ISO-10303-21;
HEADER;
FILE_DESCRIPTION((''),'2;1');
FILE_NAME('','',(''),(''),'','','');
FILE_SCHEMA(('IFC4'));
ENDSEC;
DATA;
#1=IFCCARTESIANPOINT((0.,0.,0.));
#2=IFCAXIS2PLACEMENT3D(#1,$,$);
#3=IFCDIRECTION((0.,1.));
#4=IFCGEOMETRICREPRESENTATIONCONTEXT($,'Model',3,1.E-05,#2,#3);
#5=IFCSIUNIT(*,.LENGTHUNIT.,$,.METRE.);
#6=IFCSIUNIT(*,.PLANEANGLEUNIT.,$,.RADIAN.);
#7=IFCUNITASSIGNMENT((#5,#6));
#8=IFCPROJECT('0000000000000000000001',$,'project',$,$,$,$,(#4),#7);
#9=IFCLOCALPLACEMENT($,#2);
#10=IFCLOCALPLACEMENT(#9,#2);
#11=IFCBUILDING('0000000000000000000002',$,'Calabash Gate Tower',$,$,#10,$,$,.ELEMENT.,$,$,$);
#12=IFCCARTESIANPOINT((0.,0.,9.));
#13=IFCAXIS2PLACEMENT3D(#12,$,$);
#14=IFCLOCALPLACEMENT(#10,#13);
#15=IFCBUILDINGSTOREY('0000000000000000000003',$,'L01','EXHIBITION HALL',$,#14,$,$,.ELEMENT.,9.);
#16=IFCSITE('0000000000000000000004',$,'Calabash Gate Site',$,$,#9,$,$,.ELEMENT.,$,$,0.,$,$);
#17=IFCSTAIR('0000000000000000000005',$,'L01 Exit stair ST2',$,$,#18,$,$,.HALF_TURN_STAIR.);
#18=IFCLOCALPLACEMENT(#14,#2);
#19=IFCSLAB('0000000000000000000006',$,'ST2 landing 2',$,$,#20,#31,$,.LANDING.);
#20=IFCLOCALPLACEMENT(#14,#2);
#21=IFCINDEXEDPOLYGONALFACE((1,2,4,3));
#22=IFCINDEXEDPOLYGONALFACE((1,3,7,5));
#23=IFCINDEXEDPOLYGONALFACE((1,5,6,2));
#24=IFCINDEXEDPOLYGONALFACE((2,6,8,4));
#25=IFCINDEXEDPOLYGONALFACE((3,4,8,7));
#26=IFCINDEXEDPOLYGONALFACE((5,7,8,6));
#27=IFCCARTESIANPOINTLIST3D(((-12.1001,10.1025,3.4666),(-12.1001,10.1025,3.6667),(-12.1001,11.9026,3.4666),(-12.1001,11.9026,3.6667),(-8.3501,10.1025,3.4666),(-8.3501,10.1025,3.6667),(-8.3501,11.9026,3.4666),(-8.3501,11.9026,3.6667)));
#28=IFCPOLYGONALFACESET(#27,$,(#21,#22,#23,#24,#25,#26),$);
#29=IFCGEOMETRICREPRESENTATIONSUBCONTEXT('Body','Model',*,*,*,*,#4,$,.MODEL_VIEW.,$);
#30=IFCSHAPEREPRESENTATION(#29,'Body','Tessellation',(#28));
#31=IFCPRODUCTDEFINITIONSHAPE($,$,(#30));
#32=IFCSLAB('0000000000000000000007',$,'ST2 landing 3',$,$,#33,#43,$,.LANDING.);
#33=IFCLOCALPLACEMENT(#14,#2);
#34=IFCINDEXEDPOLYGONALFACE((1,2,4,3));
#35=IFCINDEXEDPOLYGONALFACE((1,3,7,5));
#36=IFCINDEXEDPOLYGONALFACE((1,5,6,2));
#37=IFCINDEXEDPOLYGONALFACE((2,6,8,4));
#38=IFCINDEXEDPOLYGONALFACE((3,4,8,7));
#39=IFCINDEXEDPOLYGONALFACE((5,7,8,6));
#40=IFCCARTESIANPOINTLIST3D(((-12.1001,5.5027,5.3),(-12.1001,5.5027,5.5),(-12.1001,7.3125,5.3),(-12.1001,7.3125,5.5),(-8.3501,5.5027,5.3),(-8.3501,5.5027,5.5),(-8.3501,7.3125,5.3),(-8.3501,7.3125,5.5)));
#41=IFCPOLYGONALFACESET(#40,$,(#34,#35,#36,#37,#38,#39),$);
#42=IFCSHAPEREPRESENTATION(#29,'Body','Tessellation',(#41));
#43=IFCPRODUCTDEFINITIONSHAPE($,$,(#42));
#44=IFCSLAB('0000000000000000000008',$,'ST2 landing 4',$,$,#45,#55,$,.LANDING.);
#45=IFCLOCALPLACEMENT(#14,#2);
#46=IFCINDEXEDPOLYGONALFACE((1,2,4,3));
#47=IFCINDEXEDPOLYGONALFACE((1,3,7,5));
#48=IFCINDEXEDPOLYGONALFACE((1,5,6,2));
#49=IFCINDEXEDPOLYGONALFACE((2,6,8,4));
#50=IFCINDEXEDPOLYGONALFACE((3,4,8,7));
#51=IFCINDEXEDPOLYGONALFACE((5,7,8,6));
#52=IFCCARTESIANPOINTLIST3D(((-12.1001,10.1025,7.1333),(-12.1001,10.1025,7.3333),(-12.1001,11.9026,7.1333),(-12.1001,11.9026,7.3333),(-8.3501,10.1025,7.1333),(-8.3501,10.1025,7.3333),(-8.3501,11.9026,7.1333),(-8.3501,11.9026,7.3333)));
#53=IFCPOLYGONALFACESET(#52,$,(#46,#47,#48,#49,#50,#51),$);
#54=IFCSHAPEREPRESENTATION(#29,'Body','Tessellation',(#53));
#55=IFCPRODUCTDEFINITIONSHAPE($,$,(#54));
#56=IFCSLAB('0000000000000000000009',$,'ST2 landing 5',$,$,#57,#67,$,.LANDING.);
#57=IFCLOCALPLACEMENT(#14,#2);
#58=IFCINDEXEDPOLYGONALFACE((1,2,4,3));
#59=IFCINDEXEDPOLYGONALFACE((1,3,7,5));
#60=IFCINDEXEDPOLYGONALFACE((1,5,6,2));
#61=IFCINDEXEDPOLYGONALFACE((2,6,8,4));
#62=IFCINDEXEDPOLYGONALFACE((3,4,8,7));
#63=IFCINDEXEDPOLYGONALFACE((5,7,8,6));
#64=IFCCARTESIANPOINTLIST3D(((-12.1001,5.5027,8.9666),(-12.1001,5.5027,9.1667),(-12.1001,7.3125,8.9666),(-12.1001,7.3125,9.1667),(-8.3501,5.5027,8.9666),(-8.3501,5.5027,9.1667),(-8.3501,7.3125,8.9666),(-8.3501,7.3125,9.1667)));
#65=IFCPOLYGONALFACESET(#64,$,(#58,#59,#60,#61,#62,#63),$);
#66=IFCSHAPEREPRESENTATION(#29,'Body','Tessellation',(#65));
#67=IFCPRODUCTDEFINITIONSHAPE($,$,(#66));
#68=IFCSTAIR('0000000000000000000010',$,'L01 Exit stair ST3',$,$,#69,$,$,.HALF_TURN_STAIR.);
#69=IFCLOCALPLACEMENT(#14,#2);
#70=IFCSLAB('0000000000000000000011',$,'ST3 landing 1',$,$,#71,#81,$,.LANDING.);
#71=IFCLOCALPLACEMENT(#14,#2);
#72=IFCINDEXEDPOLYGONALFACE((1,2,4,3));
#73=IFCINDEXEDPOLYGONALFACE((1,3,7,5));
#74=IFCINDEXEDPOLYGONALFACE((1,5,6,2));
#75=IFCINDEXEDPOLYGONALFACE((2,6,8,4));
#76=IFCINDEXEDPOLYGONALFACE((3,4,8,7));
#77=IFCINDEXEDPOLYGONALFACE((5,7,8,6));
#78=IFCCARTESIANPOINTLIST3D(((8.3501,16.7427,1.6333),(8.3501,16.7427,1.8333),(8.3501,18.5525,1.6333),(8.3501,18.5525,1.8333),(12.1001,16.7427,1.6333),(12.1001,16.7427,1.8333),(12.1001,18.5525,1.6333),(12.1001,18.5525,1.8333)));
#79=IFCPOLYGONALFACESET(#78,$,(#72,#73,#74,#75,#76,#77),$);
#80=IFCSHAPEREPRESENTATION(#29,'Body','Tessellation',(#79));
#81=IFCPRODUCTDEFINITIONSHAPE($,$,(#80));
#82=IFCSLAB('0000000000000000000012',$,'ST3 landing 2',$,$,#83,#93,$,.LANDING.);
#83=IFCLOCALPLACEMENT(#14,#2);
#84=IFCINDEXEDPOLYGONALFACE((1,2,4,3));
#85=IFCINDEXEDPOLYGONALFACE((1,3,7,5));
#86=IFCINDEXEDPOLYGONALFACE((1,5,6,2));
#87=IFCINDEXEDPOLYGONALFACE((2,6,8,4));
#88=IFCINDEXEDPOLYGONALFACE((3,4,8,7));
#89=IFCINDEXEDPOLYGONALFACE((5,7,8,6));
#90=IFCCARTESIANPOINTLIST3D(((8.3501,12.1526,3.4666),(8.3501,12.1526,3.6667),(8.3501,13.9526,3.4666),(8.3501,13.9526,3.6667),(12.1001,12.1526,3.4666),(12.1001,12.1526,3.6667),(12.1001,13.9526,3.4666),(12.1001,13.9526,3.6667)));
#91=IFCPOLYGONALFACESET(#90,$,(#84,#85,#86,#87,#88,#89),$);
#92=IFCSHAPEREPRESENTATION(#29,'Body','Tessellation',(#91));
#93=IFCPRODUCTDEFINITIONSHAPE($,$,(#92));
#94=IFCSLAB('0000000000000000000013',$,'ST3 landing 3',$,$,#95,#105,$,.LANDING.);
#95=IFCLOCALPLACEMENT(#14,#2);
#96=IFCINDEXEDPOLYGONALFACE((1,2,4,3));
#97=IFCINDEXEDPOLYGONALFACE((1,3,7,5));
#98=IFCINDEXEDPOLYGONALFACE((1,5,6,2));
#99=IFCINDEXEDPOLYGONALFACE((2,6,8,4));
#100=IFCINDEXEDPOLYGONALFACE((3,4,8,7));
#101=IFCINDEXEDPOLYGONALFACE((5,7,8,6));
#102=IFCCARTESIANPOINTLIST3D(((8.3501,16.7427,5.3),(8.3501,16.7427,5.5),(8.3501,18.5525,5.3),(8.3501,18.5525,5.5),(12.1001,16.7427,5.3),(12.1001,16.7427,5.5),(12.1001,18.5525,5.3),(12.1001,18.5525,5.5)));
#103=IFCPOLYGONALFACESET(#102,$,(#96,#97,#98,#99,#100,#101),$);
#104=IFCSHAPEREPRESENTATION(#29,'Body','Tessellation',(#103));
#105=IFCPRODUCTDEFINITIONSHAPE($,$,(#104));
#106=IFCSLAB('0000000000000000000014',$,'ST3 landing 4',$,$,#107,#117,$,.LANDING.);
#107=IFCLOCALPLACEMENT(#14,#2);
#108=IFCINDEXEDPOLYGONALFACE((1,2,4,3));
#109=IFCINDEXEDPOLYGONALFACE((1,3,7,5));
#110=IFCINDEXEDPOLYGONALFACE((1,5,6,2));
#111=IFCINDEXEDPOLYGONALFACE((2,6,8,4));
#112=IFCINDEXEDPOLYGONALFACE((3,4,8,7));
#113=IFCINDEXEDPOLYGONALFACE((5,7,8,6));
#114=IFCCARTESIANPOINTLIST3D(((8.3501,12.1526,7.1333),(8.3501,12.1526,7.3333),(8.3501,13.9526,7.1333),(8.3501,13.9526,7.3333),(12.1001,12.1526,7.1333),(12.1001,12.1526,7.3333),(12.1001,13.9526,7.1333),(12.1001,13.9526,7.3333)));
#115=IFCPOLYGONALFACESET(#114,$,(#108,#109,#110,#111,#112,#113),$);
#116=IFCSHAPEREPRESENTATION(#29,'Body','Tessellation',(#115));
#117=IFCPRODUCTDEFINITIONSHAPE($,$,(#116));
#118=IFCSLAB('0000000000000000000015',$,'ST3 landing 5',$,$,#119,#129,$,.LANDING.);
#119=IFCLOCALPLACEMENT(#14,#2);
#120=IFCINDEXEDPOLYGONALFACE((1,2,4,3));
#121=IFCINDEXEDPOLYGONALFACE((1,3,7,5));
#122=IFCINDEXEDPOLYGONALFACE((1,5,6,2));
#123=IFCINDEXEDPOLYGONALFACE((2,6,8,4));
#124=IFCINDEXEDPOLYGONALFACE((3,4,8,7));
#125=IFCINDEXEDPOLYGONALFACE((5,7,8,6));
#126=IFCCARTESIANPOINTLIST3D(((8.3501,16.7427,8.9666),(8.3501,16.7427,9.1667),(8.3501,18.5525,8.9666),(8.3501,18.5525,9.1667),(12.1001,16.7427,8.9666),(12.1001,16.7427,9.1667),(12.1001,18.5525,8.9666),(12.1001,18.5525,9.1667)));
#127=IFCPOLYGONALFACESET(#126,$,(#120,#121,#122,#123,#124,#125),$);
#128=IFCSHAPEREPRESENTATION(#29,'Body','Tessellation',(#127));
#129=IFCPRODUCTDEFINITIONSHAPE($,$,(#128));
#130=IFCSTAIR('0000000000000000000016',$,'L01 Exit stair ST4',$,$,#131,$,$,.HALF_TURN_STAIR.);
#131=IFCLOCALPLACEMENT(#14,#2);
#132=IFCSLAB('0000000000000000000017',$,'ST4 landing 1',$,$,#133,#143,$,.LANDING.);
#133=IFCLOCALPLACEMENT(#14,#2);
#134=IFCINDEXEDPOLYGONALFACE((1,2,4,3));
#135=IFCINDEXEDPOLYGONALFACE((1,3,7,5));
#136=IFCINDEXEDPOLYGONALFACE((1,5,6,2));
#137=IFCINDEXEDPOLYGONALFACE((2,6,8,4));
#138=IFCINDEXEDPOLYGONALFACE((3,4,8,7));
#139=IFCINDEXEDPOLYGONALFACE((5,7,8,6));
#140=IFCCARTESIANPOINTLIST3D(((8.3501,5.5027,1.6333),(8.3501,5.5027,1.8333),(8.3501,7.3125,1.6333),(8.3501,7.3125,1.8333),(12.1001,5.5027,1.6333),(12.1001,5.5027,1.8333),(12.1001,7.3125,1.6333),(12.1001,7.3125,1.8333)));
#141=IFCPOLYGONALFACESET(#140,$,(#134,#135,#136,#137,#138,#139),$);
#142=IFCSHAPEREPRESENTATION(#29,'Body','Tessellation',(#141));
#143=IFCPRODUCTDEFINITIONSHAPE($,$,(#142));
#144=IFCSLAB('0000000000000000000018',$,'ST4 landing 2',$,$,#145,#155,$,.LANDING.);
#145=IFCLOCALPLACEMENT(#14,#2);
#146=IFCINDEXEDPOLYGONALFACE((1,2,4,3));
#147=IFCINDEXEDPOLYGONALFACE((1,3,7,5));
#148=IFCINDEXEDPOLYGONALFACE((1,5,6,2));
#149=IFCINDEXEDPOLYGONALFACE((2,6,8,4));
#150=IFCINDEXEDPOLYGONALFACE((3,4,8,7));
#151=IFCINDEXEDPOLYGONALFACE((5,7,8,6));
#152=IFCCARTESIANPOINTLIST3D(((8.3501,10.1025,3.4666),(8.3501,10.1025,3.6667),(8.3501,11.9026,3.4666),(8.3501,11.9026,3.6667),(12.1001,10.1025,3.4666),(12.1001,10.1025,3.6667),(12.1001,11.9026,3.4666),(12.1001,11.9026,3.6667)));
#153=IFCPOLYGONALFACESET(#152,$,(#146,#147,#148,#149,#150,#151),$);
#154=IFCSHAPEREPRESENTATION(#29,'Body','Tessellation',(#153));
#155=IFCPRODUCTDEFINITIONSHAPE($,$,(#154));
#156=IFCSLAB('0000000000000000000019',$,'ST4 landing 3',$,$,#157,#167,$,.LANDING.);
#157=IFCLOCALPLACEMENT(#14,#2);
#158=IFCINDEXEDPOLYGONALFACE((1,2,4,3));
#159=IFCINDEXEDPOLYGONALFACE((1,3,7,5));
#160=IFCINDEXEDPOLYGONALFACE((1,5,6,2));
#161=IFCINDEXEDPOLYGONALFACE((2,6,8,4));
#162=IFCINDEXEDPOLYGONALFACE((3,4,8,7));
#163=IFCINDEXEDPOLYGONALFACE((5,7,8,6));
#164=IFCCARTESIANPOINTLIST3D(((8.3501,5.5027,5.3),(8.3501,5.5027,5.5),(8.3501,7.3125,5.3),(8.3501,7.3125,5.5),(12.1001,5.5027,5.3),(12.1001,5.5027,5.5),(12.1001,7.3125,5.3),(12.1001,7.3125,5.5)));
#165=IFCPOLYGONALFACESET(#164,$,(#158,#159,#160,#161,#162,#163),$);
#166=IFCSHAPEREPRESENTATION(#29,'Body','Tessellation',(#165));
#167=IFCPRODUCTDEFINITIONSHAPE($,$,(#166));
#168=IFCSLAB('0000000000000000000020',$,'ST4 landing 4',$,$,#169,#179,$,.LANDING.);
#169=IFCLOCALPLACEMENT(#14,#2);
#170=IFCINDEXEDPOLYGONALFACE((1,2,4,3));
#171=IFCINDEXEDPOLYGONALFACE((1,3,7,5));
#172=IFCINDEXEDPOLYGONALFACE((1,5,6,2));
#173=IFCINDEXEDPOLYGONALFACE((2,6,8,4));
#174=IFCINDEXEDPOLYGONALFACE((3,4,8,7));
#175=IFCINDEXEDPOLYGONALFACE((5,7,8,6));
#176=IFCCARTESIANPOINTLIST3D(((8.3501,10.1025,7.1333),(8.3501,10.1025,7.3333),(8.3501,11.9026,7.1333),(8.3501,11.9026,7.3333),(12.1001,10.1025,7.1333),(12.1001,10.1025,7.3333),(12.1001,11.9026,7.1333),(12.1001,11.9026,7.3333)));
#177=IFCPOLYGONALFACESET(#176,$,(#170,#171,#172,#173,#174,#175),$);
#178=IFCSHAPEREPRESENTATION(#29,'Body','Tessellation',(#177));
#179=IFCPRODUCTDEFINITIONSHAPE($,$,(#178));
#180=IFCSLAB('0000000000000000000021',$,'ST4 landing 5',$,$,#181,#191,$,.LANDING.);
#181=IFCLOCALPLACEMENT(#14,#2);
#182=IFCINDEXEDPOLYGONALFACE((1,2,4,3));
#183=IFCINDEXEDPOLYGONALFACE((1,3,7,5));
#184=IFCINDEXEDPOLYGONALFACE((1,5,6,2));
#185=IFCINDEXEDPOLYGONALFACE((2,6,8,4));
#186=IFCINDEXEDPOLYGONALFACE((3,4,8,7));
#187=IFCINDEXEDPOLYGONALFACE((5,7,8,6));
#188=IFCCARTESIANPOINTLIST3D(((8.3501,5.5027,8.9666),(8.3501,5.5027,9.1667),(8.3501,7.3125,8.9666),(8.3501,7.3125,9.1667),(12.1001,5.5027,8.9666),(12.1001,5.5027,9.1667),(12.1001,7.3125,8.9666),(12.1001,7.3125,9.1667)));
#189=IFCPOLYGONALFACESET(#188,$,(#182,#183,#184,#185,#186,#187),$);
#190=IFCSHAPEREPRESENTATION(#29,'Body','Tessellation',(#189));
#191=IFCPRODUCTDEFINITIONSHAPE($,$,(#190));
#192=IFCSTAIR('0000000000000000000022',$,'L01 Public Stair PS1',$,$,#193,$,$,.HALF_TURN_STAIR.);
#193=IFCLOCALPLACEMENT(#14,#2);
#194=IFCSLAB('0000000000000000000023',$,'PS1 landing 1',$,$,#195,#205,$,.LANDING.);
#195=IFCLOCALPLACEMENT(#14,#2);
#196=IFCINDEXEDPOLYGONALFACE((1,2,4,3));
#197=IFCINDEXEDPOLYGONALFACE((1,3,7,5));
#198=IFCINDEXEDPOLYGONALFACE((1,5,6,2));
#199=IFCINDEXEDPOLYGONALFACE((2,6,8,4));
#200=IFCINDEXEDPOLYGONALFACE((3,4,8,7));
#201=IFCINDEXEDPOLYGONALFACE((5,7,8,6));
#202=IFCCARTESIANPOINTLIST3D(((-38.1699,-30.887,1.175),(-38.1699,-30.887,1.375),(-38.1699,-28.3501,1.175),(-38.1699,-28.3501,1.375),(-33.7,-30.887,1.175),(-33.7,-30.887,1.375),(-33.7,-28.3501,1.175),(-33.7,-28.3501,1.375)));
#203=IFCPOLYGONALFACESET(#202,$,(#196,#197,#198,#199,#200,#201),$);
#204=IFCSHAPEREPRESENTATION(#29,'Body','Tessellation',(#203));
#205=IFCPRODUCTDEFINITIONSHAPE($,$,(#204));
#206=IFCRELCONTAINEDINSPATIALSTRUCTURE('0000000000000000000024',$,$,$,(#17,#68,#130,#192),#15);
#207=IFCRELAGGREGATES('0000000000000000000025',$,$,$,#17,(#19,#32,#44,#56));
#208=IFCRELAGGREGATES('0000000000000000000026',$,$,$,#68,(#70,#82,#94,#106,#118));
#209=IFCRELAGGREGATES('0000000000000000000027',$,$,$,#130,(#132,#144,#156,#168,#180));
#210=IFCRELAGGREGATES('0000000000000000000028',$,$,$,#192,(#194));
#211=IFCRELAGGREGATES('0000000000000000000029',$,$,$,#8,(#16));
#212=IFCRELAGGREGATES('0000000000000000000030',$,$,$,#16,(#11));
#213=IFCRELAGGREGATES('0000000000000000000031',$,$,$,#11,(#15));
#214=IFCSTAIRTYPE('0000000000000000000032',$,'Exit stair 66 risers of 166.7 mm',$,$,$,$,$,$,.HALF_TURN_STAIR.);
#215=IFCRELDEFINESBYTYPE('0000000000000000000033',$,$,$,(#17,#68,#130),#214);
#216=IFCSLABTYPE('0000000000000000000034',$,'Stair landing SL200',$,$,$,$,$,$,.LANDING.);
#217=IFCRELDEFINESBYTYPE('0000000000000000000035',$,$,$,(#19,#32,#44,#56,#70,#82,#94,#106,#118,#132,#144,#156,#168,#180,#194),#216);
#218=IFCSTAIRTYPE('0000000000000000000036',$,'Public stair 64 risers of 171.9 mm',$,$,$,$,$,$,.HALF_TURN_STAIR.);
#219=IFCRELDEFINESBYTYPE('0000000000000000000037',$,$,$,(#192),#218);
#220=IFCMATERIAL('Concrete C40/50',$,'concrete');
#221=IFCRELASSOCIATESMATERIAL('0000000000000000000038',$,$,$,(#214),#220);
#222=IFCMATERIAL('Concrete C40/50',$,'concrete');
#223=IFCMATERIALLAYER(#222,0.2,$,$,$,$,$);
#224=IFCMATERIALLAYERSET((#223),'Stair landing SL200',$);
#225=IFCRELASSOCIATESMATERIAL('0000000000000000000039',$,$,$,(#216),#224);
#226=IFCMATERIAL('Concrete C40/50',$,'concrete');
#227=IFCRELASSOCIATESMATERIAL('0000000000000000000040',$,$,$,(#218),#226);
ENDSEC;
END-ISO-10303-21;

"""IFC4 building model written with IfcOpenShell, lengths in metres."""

from ifc_helpers import new_model, si_unit, direction, frame, origin, place, context, subcontext, project, spatial, polyline, outline, extrude, material, layer, layer_set, type_object, element, aggregate, save


model = new_model("IFC4")

# Units and contexts
model_context = context("Model", 3, precision=1e-05, world=origin(), true_north=direction((0.0, 1.0)))
body_context = subcontext(model_context, "Body", "Model", "MODEL_VIEW")
ifc_project = project(units=[si_unit("LENGTHUNIT", "METRE"), si_unit("PLANEANGLEUNIT", "RADIAN")], contexts=[model_context])

# Site, building, storey
site_placement = place(None, origin())
site = spatial("IfcSite", under=ifc_project, at=site_placement, Name="Calabash Gate Site", CompositionType="ELEMENT", RefElevation=0.0)
building_placement = place(site_placement, origin())
building = spatial("IfcBuilding", under=site, at=building_placement, Name="Calabash Gate Tower", CompositionType="ELEMENT")
storey_placement = place(building_placement, frame((0.0, 0.0, 9.0)))
storey = spatial("IfcBuildingStorey", under=building, at=storey_placement, Name="L01", Description="EXHIBITION HALL", CompositionType="ELEMENT", Elevation=9.0)

# Stairs, slabs
ifc_material_1 = material(Name="Concrete C40/50", Category="concrete")
stair_type_1 = type_object("IfcStairType", Name="Exit stair 66 risers of 166.7 mm", PredefinedType="HALF_TURN_STAIR", material=ifc_material_1)
stair_1_placement = place(storey_placement, origin())
stair_1 = element("IfcStair", 1, at=stair_1_placement, inside=storey, type_object=stair_type_1, Name="L01 Exit stair ST2", PredefinedType="HALF_TURN_STAIR")
ifc_material_2 = material(Name="Concrete C40/50", Category="concrete")
ifc_layer = layer(ifc_material_2, 0.2)
ifc_layer_set = layer_set([ifc_layer], Name="Stair landing SL200")
slab_type = type_object("IfcSlabType", Name="Stair landing SL200", PredefinedType="LANDING", material=ifc_layer_set)
slab_1_placement = place(storey_placement, frame((0.0, 0.0, 3.4666)))
slab_1 = element("IfcSlab", 2, at=slab_1_placement, type_object=slab_type, Name="ST2 landing 2", PredefinedType="LANDING", context=body_context, shape_type="SweptSolid", body=[
    extrude(outline(polyline([(-12.1001, 11.9026), (-12.1001, 10.1025), (-8.3501, 10.1025), (-8.3501, 11.9026), (-12.1001, 11.9026)])), origin(), (0.0, 0.0, 1.0), 0.2002),
])
slab_2_placement = place(storey_placement, frame((0.0, 0.0, 5.3)))
slab_2 = element("IfcSlab", 3, at=slab_2_placement, type_object=slab_type, Name="ST2 landing 3", PredefinedType="LANDING", context=body_context, shape_type="SweptSolid", body=[
    extrude(outline(polyline([(-12.1001, 7.3125), (-12.1001, 5.5027), (-8.3501, 5.5027), (-8.3501, 7.3125), (-12.1001, 7.3125)])), origin(), (0.0, 0.0, 1.0), 0.2),
])
slab_3_placement = place(storey_placement, frame((0.0, 0.0, 7.1333)))
slab_3 = element("IfcSlab", 4, at=slab_3_placement, type_object=slab_type, Name="ST2 landing 4", PredefinedType="LANDING", context=body_context, shape_type="SweptSolid", body=[
    extrude(outline(polyline([(-12.1001, 11.9026), (-12.1001, 10.1025), (-8.3501, 10.1025), (-8.3501, 11.9026), (-12.1001, 11.9026)])), origin(), (0.0, 0.0, 1.0), 0.2),
])
slab_4_placement = place(storey_placement, frame((0.0, 0.0, 8.9666)))
slab_4 = element("IfcSlab", 5, at=slab_4_placement, type_object=slab_type, Name="ST2 landing 5", PredefinedType="LANDING", context=body_context, shape_type="SweptSolid", body=[
    extrude(outline(polyline([(-12.1001, 7.3125), (-12.1001, 5.5027), (-8.3501, 5.5027), (-8.3501, 7.3125), (-12.1001, 7.3125)])), origin(), (0.0, 0.0, 1.0), 0.2002),
])
aggregate(stair_1, [slab_1, slab_2, slab_3, slab_4])
stair_2_placement = place(storey_placement, origin())
stair_2 = element("IfcStair", 6, at=stair_2_placement, inside=storey, type_object=stair_type_1, Name="L01 Exit stair ST3", PredefinedType="HALF_TURN_STAIR")
slab_5_placement = place(storey_placement, frame((0.0, 0.0, 1.6333)))
slab_5 = element("IfcSlab", 7, at=slab_5_placement, type_object=slab_type, Name="ST3 landing 1", PredefinedType="LANDING", context=body_context, shape_type="SweptSolid", body=[
    extrude(outline(polyline([(12.1001, 16.7427), (12.1001, 18.5525), (8.3501, 18.5525), (8.3501, 16.7427), (12.1001, 16.7427)])), origin(), (0.0, 0.0, 1.0), 0.2),
])
slab_6_placement = place(storey_placement, frame((0.0, 0.0, 3.4666)))
slab_6 = element("IfcSlab", 8, at=slab_6_placement, type_object=slab_type, Name="ST3 landing 2", PredefinedType="LANDING", context=body_context, shape_type="SweptSolid", body=[
    extrude(outline(polyline([(12.1001, 12.1526), (12.1001, 13.9526), (8.3501, 13.9526), (8.3501, 12.1526), (12.1001, 12.1526)])), origin(), (0.0, 0.0, 1.0), 0.2002),
])
slab_7_placement = place(storey_placement, frame((0.0, 0.0, 5.3)))
slab_7 = element("IfcSlab", 9, at=slab_7_placement, type_object=slab_type, Name="ST3 landing 3", PredefinedType="LANDING", context=body_context, shape_type="SweptSolid", body=[
    extrude(outline(polyline([(12.1001, 16.7427), (12.1001, 18.5525), (8.3501, 18.5525), (8.3501, 16.7427), (12.1001, 16.7427)])), origin(), (0.0, 0.0, 1.0), 0.2),
])
slab_8_placement = place(storey_placement, frame((0.0, 0.0, 7.1333)))
slab_8 = element("IfcSlab", 10, at=slab_8_placement, type_object=slab_type, Name="ST3 landing 4", PredefinedType="LANDING", context=body_context, shape_type="SweptSolid", body=[
    extrude(outline(polyline([(12.1001, 12.1526), (12.1001, 13.9526), (8.3501, 13.9526), (8.3501, 12.1526), (12.1001, 12.1526)])), origin(), (0.0, 0.0, 1.0), 0.2),
])
slab_9_placement = place(storey_placement, frame((0.0, 0.0, 8.9666)))
slab_9 = element("IfcSlab", 11, at=slab_9_placement, type_object=slab_type, Name="ST3 landing 5", PredefinedType="LANDING", context=body_context, shape_type="SweptSolid", body=[
    extrude(outline(polyline([(12.1001, 16.7427), (12.1001, 18.5525), (8.3501, 18.5525), (8.3501, 16.7427), (12.1001, 16.7427)])), origin(), (0.0, 0.0, 1.0), 0.2002),
])
aggregate(stair_2, [slab_5, slab_6, slab_7, slab_8, slab_9])
stair_3_placement = place(storey_placement, origin())
stair_3 = element("IfcStair", 12, at=stair_3_placement, inside=storey, type_object=stair_type_1, Name="L01 Exit stair ST4", PredefinedType="HALF_TURN_STAIR")
slab_10_placement = place(storey_placement, frame((0.0, 0.0, 1.6333)))
slab_10 = element("IfcSlab", 13, at=slab_10_placement, type_object=slab_type, Name="ST4 landing 1", PredefinedType="LANDING", context=body_context, shape_type="SweptSolid", body=[
    extrude(outline(polyline([(8.3501, 7.3125), (8.3501, 5.5027), (12.1001, 5.5027), (12.1001, 7.3125), (8.3501, 7.3125)])), origin(), (0.0, 0.0, 1.0), 0.2),
])
slab_11_placement = place(storey_placement, frame((0.0, 0.0, 3.4666)))
slab_11 = element("IfcSlab", 14, at=slab_11_placement, type_object=slab_type, Name="ST4 landing 2", PredefinedType="LANDING", context=body_context, shape_type="SweptSolid", body=[
    extrude(outline(polyline([(8.3501, 11.9026), (8.3501, 10.1025), (12.1001, 10.1025), (12.1001, 11.9026), (8.3501, 11.9026)])), origin(), (0.0, 0.0, 1.0), 0.2002),
])
slab_12_placement = place(storey_placement, frame((0.0, 0.0, 5.3)))
slab_12 = element("IfcSlab", 15, at=slab_12_placement, type_object=slab_type, Name="ST4 landing 3", PredefinedType="LANDING", context=body_context, shape_type="SweptSolid", body=[
    extrude(outline(polyline([(8.3501, 7.3125), (8.3501, 5.5027), (12.1001, 5.5027), (12.1001, 7.3125), (8.3501, 7.3125)])), origin(), (0.0, 0.0, 1.0), 0.2),
])
slab_13_placement = place(storey_placement, frame((0.0, 0.0, 7.1333)))
slab_13 = element("IfcSlab", 16, at=slab_13_placement, type_object=slab_type, Name="ST4 landing 4", PredefinedType="LANDING", context=body_context, shape_type="SweptSolid", body=[
    extrude(outline(polyline([(8.3501, 11.9026), (8.3501, 10.1025), (12.1001, 10.1025), (12.1001, 11.9026), (8.3501, 11.9026)])), origin(), (0.0, 0.0, 1.0), 0.2),
])
slab_14_placement = place(storey_placement, frame((0.0, 0.0, 8.9666)))
slab_14 = element("IfcSlab", 17, at=slab_14_placement, type_object=slab_type, Name="ST4 landing 5", PredefinedType="LANDING", context=body_context, shape_type="SweptSolid", body=[
    extrude(outline(polyline([(8.3501, 7.3125), (8.3501, 5.5027), (12.1001, 5.5027), (12.1001, 7.3125), (8.3501, 7.3125)])), origin(), (0.0, 0.0, 1.0), 0.2002),
])
aggregate(stair_3, [slab_10, slab_11, slab_12, slab_13, slab_14])
ifc_material_3 = material(Name="Concrete C40/50", Category="concrete")
stair_type_2 = type_object("IfcStairType", Name="Public stair 64 risers of 171.9 mm", PredefinedType="HALF_TURN_STAIR", material=ifc_material_3)
stair_4_placement = place(storey_placement, origin())
stair_4 = element("IfcStair", 18, at=stair_4_placement, inside=storey, type_object=stair_type_2, Name="L01 Public Stair PS1", PredefinedType="HALF_TURN_STAIR")
slab_15_placement = place(storey_placement, frame((0.0, 0.0, 1.175)))
slab_15 = element("IfcSlab", 19, at=slab_15_placement, type_object=slab_type, Name="PS1 landing 1", PredefinedType="LANDING", context=body_context, shape_type="SweptSolid", body=[
    extrude(outline(polyline([(-33.7, -30.887), (-33.7, -28.3501), (-38.1699, -28.3501), (-38.1699, -30.887), (-33.7, -30.887)])), origin(), (0.0, 0.0, 1.0), 0.2),
])
aggregate(stair_4, [slab_15])

save(model, "model.ifc")
